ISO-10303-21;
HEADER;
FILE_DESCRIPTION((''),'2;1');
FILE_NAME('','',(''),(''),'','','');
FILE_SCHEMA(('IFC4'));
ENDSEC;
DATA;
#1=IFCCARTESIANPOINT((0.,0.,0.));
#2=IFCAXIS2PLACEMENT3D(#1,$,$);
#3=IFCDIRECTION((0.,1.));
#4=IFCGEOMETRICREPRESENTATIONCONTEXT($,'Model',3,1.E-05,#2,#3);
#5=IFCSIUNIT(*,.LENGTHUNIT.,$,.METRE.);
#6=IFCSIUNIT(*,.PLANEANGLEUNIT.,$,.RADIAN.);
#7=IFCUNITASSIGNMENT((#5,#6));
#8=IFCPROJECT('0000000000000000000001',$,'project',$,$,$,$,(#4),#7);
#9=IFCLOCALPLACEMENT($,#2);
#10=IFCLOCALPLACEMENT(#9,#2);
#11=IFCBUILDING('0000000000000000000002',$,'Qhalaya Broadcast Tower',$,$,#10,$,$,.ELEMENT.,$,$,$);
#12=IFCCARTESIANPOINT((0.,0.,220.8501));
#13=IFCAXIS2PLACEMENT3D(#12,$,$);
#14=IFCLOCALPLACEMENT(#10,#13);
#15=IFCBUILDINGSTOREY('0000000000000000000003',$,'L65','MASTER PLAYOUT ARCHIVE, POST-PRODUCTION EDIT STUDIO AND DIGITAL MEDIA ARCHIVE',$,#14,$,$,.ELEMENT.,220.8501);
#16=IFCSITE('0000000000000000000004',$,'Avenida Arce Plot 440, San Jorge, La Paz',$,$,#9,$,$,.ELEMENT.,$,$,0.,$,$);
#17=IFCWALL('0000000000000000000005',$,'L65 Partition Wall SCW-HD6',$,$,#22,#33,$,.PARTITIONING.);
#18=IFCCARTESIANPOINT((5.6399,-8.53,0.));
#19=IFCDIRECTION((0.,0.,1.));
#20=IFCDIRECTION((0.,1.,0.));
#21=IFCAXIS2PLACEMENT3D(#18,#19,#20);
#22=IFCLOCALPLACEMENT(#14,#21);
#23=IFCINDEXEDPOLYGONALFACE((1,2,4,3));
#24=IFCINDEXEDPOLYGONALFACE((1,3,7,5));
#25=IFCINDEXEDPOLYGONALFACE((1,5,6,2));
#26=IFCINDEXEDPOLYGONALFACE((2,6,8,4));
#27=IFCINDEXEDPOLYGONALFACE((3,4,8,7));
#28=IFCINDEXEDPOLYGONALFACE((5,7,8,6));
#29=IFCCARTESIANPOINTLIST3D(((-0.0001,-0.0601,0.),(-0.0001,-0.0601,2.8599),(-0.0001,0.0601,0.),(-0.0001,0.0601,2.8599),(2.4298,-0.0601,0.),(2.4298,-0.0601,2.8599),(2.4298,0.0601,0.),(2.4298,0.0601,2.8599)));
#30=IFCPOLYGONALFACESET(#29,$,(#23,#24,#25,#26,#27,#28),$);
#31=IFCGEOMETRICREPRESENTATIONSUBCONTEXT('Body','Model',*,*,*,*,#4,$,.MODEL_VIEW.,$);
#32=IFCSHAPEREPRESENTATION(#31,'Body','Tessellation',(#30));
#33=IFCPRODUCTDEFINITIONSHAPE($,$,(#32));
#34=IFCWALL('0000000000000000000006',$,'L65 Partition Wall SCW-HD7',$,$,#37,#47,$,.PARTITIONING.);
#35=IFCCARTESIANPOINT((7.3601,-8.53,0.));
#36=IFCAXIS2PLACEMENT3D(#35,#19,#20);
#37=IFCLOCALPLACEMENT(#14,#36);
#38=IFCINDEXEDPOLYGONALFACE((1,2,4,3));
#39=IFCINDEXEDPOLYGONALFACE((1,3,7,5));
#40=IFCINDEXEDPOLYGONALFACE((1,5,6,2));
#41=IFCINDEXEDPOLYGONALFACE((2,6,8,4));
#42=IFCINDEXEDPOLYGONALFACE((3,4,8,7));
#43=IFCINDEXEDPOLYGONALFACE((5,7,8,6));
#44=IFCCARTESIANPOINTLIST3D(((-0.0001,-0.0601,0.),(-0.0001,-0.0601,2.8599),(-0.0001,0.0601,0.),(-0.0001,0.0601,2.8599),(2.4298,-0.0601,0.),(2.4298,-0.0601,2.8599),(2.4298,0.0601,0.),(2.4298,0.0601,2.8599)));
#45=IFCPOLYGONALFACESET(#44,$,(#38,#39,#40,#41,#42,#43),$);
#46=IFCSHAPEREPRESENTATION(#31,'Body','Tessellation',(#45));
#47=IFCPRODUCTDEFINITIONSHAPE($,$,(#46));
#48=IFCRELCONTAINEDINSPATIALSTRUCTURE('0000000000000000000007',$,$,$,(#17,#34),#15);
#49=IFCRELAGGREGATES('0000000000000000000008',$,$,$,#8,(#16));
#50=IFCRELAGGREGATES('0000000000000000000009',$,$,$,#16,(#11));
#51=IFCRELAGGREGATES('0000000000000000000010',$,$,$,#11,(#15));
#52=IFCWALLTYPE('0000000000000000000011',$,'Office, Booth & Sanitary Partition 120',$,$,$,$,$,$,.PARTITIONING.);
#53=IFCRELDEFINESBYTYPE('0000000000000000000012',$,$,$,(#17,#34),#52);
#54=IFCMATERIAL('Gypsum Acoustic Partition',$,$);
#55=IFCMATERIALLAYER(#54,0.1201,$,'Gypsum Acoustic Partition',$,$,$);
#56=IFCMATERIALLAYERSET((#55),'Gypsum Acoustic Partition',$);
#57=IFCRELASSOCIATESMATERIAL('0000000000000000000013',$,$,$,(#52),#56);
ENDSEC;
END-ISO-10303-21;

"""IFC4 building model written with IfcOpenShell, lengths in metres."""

from ifc_helpers import new_model, si_unit, direction, frame, frame_2d, origin, place, context, subcontext, project, spatial, rectangle, extrude, material, layer, layer_set, type_object, element, save


model = new_model("IFC4")

# Units and contexts
model_context = context("Model", 3, precision=1e-05, world=origin(), true_north=direction((0.0, 1.0)))
body_context = subcontext(model_context, "Body", "Model", "MODEL_VIEW")
ifc_project = project(units=[si_unit("LENGTHUNIT", "METRE"), si_unit("PLANEANGLEUNIT", "RADIAN")], contexts=[model_context])

# Site, building, storey
site_placement = place(None, origin())
site = spatial("IfcSite", under=ifc_project, at=site_placement, Name="Avenida Arce Plot 440, San Jorge, La Paz", CompositionType="ELEMENT", RefElevation=0.0)
building_placement = place(site_placement, origin())
building = spatial("IfcBuilding", under=site, at=building_placement, Name="Qhalaya Broadcast Tower", CompositionType="ELEMENT")
storey_placement = place(building_placement, frame((0.0, 0.0, 220.8501)))
storey = spatial("IfcBuildingStorey", under=building, at=storey_placement, Name="L65", Description="MASTER PLAYOUT ARCHIVE, POST-PRODUCTION EDIT STUDIO AND DIGITAL MEDIA ARCHIVE", CompositionType="ELEMENT", Elevation=220.8501)

# Shared definitions
ifc_material_1 = material(Name="Gypsum Acoustic Partition")

# Walls
ifc_layer_1 = layer(ifc_material_1, 0.1201, Name="Gypsum Acoustic Partition")
ifc_layer_set_1 = layer_set([ifc_layer_1], Name="Gypsum Acoustic Partition")
wall_type_1 = type_object("IfcWallType", Name="Office, Booth & Sanitary Partition 120", PredefinedType="PARTITIONING", material=ifc_layer_set_1)
for number, where, z_axis, x_axis, name in (
    (1, (5.6399, -8.53, 0.0), (0.0, 0.0, 1.0), (0.0, 1.0, 0.0), "L65 Partition Wall SCW-HD6"),
    (2, (7.3601, -8.53, 0.0), (0.0, 0.0, 1.0), (0.0, 1.0, 0.0), "L65 Partition Wall SCW-HD7"),
):
    element("IfcWall", number, at=place(storey_placement, frame(where, z_axis=z_axis, x_axis=x_axis)), inside=storey, type_object=wall_type_1, Name=name, PredefinedType="PARTITIONING", context=body_context, shape_type="SweptSolid", body=[
        extrude(rectangle(XDim=2.4299, YDim=0.1201, at=frame_2d((1.2148, 0.0))), origin(), (0.0, 0.0, 1.0), 2.8599),
    ])

save(model, "model.ifc")
